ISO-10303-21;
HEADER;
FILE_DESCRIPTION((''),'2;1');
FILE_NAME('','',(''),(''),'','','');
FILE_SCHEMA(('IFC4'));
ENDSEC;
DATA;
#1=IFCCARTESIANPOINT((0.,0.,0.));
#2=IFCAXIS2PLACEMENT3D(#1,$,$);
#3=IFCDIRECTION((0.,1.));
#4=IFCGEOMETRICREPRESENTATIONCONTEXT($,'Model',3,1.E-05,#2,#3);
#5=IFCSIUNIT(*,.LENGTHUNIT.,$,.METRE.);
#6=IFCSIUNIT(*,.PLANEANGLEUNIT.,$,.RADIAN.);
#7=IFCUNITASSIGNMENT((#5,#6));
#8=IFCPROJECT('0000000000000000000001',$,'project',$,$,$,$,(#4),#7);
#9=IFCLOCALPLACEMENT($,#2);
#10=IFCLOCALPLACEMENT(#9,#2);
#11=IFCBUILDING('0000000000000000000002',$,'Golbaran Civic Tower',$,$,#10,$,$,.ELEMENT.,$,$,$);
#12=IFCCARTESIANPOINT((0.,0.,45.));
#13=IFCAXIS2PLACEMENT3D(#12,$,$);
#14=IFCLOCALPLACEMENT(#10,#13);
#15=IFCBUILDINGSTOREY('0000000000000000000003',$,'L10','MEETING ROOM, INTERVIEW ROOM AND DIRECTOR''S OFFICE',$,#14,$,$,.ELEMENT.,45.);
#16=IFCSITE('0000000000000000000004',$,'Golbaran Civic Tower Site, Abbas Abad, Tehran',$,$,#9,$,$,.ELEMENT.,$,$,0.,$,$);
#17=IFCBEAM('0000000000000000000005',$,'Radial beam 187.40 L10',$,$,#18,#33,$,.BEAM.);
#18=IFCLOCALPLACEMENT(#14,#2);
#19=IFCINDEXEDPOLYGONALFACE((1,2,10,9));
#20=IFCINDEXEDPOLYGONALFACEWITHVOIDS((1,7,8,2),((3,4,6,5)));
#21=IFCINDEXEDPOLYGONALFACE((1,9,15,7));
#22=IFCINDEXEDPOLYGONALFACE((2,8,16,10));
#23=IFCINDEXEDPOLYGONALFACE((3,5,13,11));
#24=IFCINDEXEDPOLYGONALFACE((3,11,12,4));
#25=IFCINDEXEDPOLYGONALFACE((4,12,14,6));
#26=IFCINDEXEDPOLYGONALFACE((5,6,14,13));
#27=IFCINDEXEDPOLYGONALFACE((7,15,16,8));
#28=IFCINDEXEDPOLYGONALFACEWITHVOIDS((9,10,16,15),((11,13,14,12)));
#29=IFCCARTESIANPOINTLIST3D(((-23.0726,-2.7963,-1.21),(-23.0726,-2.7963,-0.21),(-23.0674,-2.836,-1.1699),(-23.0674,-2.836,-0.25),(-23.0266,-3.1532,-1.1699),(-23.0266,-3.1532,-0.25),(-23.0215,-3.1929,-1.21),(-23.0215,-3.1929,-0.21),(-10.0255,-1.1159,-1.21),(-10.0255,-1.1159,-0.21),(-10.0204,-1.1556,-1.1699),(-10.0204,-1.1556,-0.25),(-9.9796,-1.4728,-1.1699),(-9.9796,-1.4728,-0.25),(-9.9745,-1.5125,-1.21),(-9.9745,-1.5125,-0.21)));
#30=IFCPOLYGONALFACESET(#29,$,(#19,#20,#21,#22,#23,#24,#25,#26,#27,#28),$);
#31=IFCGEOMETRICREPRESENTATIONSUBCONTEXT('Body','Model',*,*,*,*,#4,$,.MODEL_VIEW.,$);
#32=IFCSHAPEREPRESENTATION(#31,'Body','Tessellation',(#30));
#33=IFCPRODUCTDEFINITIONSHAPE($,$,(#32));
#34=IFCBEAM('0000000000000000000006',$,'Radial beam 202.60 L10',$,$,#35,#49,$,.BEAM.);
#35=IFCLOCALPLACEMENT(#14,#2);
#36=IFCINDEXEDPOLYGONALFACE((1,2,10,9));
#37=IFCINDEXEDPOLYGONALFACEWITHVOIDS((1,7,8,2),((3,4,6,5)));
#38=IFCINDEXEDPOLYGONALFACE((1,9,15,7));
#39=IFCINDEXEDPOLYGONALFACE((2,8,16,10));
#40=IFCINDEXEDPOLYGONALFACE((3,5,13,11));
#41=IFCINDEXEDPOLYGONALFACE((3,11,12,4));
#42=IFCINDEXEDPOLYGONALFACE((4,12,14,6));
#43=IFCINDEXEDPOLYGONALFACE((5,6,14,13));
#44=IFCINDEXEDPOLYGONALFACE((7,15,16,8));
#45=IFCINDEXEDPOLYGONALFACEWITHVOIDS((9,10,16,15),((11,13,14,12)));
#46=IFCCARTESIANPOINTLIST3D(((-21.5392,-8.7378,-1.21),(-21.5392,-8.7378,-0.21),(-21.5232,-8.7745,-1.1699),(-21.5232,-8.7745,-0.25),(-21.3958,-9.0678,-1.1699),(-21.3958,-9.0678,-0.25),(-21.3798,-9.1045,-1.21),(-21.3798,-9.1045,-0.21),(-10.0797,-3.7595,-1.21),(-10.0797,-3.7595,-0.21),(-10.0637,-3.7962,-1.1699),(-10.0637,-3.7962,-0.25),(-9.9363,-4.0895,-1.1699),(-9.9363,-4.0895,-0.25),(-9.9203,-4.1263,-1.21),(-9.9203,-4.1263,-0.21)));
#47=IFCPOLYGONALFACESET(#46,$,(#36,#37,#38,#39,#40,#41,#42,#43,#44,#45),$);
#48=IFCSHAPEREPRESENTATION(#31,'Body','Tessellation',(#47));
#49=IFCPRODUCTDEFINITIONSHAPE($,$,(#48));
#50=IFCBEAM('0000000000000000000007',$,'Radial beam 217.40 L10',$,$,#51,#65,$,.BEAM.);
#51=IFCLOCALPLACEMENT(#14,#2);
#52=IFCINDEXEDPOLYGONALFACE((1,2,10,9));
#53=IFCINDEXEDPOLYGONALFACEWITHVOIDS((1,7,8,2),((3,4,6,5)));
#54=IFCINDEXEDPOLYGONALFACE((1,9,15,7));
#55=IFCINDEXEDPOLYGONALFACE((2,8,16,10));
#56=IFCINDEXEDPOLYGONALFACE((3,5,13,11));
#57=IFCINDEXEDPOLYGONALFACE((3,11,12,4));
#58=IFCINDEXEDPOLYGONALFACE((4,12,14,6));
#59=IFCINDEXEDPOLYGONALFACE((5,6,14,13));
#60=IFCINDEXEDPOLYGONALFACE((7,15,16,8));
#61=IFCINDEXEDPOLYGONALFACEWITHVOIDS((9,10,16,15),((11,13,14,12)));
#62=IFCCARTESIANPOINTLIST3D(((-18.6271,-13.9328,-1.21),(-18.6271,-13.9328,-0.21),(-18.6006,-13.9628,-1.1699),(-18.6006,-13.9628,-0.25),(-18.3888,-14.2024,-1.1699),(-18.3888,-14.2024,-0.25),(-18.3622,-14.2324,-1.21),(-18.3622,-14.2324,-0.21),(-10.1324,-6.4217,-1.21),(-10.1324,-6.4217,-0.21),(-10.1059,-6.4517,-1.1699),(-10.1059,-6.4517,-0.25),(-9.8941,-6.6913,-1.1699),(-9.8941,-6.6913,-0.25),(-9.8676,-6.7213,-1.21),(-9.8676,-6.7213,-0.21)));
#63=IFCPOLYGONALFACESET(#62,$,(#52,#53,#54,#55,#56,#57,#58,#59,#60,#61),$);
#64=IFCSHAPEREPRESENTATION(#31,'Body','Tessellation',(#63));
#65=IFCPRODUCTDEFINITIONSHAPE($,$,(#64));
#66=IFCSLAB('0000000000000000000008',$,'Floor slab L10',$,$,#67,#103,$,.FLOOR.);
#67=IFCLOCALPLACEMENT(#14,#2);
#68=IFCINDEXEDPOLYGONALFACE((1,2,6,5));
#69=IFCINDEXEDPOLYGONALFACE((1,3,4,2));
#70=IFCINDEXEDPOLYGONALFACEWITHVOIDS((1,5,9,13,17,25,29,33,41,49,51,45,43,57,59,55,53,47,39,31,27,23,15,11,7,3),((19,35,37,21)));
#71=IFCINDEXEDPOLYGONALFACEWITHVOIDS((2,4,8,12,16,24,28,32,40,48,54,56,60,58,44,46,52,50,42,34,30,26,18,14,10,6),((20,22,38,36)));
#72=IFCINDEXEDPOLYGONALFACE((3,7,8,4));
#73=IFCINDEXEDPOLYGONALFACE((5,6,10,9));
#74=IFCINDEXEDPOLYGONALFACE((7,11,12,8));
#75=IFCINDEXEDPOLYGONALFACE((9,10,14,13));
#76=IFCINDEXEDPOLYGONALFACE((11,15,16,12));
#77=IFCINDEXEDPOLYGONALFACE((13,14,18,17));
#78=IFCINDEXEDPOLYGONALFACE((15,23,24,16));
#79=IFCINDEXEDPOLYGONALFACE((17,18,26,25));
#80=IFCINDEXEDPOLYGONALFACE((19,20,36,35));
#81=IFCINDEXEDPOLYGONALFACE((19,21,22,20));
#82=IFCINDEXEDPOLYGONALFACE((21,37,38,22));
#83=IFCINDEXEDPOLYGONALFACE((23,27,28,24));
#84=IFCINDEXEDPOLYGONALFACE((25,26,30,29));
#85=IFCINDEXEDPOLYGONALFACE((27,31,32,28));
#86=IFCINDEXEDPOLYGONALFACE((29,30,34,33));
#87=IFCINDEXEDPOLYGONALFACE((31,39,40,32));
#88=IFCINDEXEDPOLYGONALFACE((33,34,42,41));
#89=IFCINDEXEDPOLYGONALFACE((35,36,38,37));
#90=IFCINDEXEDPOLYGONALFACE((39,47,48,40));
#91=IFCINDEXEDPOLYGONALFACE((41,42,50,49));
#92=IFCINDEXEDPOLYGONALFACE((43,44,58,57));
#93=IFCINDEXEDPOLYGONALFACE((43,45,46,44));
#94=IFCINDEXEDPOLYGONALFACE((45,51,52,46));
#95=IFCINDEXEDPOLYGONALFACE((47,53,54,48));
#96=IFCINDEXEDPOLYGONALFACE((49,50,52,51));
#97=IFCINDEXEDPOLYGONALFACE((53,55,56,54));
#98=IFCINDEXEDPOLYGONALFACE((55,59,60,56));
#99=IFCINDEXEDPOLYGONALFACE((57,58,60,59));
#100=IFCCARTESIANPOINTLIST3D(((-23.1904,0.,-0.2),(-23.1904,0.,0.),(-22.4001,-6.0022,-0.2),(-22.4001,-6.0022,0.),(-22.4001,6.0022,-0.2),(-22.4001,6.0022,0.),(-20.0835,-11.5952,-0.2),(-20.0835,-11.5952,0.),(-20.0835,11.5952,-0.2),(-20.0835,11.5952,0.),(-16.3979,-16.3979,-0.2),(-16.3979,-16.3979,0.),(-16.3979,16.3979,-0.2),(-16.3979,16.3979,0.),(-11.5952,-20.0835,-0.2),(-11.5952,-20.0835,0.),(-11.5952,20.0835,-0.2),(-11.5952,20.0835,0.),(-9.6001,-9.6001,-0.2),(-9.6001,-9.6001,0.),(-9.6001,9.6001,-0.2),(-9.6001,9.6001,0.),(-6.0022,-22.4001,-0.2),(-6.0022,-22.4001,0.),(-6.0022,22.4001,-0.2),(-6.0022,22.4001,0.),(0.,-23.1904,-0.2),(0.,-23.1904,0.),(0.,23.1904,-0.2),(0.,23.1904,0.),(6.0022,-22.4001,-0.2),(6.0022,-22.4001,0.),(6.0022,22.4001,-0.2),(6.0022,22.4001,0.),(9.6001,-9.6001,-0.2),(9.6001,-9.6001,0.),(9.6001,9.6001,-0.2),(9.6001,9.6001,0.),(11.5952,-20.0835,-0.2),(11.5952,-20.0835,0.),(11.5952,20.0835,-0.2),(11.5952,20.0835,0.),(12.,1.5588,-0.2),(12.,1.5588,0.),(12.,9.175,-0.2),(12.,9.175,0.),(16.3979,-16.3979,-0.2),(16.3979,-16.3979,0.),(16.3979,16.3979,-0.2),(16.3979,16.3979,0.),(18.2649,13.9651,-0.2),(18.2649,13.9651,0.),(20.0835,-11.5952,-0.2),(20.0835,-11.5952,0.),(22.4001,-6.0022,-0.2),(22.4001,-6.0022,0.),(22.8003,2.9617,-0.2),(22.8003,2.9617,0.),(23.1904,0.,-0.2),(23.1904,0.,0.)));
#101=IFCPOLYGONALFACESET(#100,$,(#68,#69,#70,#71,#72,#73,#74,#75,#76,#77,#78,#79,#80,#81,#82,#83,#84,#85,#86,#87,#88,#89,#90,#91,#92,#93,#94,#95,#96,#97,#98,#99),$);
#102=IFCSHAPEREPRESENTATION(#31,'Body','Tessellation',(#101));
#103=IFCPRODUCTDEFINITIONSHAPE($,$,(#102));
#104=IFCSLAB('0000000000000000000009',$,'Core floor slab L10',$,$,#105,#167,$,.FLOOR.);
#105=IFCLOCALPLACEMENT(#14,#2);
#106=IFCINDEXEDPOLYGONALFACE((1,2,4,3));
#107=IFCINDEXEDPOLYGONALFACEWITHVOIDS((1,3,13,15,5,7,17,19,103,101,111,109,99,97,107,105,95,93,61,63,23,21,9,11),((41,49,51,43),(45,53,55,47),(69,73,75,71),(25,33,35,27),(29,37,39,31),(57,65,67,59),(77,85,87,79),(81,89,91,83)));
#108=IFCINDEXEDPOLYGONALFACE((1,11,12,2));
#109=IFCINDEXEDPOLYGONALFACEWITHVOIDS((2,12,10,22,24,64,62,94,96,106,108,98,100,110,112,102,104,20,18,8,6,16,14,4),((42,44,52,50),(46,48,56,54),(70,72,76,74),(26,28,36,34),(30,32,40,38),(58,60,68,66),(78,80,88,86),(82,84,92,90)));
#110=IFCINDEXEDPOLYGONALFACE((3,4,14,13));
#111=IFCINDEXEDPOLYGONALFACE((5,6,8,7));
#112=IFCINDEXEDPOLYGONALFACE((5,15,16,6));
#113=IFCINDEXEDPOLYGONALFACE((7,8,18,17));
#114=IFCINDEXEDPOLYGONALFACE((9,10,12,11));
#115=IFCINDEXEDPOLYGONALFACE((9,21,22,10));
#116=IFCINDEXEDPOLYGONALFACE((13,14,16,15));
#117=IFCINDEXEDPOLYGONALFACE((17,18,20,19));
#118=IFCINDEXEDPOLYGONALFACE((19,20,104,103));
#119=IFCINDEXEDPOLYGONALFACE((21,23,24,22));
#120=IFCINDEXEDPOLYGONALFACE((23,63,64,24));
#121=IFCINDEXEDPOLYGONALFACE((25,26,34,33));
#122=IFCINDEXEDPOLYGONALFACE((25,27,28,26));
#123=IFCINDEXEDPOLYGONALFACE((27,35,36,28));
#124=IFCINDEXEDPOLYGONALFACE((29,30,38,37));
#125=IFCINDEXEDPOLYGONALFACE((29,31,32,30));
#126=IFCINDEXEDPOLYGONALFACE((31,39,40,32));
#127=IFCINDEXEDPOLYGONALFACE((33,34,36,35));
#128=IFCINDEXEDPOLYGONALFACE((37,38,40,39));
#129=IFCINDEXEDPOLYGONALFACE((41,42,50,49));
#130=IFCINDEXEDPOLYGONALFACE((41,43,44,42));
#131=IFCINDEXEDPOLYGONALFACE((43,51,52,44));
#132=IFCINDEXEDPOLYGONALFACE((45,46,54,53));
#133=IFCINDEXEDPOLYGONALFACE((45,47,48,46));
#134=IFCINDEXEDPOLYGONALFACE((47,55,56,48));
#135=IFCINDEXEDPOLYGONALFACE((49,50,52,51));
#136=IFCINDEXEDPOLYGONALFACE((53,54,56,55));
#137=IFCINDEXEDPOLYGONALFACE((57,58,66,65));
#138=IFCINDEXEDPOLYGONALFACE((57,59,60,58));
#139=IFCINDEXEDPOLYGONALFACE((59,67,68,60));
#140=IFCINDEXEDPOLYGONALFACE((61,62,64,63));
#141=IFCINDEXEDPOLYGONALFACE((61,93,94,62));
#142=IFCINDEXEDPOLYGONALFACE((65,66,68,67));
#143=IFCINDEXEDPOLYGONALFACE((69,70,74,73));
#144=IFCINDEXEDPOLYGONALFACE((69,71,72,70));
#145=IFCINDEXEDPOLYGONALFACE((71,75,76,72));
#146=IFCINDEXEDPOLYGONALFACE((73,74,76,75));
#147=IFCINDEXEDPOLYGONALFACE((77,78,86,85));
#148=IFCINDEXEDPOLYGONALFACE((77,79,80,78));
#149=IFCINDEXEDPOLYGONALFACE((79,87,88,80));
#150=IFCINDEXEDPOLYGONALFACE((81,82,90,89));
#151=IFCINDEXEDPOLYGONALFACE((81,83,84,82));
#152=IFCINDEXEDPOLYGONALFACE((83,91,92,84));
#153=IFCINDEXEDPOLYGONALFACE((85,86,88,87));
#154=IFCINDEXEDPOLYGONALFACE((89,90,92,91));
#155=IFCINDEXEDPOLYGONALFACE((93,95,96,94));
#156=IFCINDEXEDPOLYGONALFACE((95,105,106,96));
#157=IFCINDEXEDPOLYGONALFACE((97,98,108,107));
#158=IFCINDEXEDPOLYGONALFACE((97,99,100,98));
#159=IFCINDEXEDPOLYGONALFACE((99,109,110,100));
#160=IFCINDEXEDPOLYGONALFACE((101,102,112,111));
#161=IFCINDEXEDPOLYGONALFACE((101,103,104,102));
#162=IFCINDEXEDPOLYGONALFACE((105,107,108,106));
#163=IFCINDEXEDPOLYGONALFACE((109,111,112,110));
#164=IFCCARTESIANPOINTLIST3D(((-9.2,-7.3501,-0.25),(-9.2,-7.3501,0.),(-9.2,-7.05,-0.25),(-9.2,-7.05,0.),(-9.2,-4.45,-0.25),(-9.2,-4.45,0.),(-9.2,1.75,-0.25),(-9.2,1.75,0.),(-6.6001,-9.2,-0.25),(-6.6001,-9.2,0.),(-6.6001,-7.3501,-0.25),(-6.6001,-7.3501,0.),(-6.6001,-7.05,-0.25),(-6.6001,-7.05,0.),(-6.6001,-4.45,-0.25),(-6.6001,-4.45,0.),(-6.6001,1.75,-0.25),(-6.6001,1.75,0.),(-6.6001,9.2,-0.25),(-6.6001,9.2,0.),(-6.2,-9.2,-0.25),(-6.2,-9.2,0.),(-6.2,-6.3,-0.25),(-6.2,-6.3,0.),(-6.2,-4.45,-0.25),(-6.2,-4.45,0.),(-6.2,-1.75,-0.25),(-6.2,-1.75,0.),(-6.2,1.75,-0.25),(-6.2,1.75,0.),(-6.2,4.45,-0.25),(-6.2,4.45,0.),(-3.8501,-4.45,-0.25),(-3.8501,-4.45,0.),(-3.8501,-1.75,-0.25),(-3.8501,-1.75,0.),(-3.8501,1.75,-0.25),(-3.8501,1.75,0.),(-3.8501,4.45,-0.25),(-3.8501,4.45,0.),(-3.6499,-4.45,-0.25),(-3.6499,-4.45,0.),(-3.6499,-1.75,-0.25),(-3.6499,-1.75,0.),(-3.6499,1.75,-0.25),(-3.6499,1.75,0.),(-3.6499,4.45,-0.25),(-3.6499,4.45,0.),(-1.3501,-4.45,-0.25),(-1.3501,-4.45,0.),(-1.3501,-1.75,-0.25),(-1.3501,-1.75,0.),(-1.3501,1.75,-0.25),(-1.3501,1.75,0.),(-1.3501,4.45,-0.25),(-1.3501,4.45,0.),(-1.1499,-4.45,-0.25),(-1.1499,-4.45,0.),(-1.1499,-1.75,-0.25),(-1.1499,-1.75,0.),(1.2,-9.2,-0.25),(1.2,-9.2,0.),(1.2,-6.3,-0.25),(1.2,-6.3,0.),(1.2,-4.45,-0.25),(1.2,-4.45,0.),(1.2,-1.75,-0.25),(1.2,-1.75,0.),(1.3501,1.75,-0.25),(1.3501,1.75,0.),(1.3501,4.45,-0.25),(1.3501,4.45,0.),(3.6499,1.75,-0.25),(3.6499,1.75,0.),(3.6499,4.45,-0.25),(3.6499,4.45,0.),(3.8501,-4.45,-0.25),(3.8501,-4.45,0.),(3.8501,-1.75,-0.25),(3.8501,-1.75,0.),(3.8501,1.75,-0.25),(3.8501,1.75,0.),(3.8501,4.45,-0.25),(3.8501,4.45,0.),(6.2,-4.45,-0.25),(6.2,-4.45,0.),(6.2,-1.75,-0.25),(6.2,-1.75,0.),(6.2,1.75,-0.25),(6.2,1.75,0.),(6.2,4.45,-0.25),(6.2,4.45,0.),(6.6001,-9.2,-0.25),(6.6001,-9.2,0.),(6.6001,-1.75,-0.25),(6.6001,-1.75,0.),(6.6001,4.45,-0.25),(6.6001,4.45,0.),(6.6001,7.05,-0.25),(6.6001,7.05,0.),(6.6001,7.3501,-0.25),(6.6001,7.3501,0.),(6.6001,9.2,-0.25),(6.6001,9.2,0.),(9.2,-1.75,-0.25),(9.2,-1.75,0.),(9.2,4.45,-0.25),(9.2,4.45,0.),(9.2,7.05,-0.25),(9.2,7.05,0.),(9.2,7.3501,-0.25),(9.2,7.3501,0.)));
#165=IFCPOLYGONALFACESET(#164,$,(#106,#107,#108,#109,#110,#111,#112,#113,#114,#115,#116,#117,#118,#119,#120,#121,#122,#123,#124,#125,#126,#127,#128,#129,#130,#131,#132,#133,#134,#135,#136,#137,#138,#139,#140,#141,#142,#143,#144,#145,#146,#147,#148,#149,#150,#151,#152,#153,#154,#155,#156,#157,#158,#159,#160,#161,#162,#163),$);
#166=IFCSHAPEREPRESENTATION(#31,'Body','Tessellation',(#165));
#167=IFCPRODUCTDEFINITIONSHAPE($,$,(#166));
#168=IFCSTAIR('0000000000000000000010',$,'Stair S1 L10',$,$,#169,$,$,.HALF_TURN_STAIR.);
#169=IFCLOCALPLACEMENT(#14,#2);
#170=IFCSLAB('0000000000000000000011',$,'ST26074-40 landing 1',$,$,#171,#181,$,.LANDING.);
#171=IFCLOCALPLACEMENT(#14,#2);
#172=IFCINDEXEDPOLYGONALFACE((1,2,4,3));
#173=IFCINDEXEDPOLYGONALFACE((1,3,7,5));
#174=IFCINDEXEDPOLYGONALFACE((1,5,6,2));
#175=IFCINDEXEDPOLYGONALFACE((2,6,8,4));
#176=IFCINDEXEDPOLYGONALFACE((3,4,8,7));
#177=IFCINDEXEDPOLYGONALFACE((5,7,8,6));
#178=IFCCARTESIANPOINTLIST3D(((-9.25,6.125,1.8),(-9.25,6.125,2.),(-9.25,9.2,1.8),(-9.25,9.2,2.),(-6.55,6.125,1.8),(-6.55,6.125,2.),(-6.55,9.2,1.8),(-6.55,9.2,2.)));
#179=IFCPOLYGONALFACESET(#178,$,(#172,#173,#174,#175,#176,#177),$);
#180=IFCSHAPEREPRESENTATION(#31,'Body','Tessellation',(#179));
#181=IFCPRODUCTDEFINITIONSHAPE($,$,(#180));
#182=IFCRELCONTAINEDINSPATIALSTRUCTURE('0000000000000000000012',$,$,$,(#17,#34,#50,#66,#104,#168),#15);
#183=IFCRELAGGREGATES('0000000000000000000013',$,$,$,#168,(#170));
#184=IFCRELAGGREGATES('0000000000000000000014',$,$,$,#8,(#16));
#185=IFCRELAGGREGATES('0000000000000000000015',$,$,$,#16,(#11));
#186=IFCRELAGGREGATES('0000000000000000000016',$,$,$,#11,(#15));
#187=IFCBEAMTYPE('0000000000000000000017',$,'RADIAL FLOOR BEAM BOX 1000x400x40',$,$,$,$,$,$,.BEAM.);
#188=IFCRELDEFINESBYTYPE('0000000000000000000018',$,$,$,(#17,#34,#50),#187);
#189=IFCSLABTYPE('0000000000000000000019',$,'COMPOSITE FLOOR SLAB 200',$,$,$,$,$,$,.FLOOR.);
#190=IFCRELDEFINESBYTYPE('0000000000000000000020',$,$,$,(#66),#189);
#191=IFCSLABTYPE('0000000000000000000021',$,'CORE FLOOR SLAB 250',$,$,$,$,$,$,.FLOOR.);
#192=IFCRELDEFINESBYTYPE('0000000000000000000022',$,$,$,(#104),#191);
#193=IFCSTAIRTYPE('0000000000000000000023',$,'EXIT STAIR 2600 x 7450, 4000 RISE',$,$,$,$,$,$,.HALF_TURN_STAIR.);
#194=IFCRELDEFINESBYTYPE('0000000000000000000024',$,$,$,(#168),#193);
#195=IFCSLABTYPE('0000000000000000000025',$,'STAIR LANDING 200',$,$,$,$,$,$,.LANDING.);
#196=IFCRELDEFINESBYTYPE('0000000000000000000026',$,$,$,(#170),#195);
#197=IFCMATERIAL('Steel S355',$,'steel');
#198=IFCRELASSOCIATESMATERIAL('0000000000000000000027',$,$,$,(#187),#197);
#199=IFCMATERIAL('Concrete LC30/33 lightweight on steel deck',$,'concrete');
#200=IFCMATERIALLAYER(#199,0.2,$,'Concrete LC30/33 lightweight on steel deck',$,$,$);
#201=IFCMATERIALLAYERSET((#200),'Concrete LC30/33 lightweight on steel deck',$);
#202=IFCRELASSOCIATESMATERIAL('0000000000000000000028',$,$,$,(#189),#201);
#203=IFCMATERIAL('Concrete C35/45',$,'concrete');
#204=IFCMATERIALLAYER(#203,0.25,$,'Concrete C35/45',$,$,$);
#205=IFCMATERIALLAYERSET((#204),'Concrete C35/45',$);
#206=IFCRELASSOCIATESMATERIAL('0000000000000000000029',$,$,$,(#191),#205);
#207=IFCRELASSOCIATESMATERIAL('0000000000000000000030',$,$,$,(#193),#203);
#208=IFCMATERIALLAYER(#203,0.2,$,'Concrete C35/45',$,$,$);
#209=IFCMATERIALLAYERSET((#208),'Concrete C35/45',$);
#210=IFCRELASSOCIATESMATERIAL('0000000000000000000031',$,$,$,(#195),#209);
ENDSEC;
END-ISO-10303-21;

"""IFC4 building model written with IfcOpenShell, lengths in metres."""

from ifc_helpers import new_model, si_unit, direction, frame, origin, origin_2d, place, context, subcontext, project, spatial, polyline, hollow_rectangle, outline, extrude, material, layer, layer_set, material_profile, profile_set, type_object, element, aggregate, save


model = new_model("IFC4")

# Units and contexts
model_context = context("Model", 3, precision=1e-05, world=origin(), true_north=direction((0.0, 1.0)))
body_context = subcontext(model_context, "Body", "Model", "MODEL_VIEW")
ifc_project = project(units=[si_unit("LENGTHUNIT", "METRE"), si_unit("PLANEANGLEUNIT", "RADIAN")], contexts=[model_context])

# Site, building, storey
site_placement = place(None, origin())
site = spatial("IfcSite", under=ifc_project, at=site_placement, Name="Golbaran Civic Tower Site, Abbas Abad, Tehran", CompositionType="ELEMENT", RefElevation=0.0)
building_placement = place(site_placement, origin())
building = spatial("IfcBuilding", under=site, at=building_placement, Name="Golbaran Civic Tower", CompositionType="ELEMENT")
storey_placement = place(building_placement, frame((0.0, 0.0, 45.0)))
storey = spatial("IfcBuildingStorey", under=building, at=storey_placement, Name="L10", Description="MEETING ROOM, INTERVIEW ROOM AND DIRECTOR'S OFFICE", CompositionType="ELEMENT", Elevation=45.0)

# Beams
ifc_material_1 = material(Name="Steel S355", Category="steel")
ifc_material_profile = material_profile(ifc_material_1, hollow_rectangle(XDim=0.3999, YDim=1.0, WallThickness=0.04, at=origin_2d()), Name="BOX 1000x400x40")
ifc_profile_set = profile_set([ifc_material_profile], Name="Steel S355")
beam_type = type_object("IfcBeamType", Name="RADIAL FLOOR BEAM BOX 1000x400x40", PredefinedType="BEAM", material=ifc_profile_set)
beam_1_placement = place(storey_placement, frame((-10.0, -1.3142, -0.71), z_axis=(-0.991808, -0.127741, 0.0), x_axis=(0.127741, -0.991808, 0.0)))
element("IfcBeam", 1, at=beam_1_placement, inside=storey, type_object=beam_type, Name="Radial beam 187.40 L10", PredefinedType="BEAM", context=body_context, shape_type="SweptSolid", body=[
    extrude(hollow_rectangle(XDim=0.3999, YDim=1.0, WallThickness=0.04, at=origin_2d()), origin(), (0.0, 0.0, 1.0), 13.1548),
])
beam_2_placement = place(storey_placement, frame((-10.0, -3.9429, -0.71), z_axis=(-0.91719, -0.39845, 0.0), x_axis=(0.39845, -0.91719, 0.0)))
element("IfcBeam", 2, at=beam_2_placement, inside=storey, type_object=beam_type, Name="Radial beam 202.60 L10", PredefinedType="BEAM", context=body_context, shape_type="SweptSolid", body=[
    extrude(hollow_rectangle(XDim=0.3999, YDim=1.0, WallThickness=0.04, at=origin_2d()), origin(), (0.0, 0.0, 1.0), 12.4941),
])
beam_3_placement = place(storey_placement, frame((-10.0, -6.5715, -0.71), z_axis=(-0.749149, -0.662401, 0.0), x_axis=(0.662401, -0.749149, 0.0)))
element("IfcBeam", 3, at=beam_3_placement, inside=storey, type_object=beam_type, Name="Radial beam 217.40 L10", PredefinedType="BEAM", context=body_context, shape_type="SweptSolid", body=[
    extrude(hollow_rectangle(XDim=0.3999, YDim=1.0, WallThickness=0.04, at=origin_2d()), origin(), (0.0, 0.0, 1.0), 11.3391),
])

# Slabs
ifc_material_2 = material(Name="Concrete LC30/33 lightweight on steel deck", Category="concrete")
ifc_layer_1 = layer(ifc_material_2, 0.2, Name="Concrete LC30/33 lightweight on steel deck")
ifc_layer_set_1 = layer_set([ifc_layer_1], Name="Concrete LC30/33 lightweight on steel deck")
slab_type_1 = type_object("IfcSlabType", Name="COMPOSITE FLOOR SLAB 200", PredefinedType="FLOOR", material=ifc_layer_set_1)
slab_1_placement = place(storey_placement, frame((0.0, 0.0, -0.2)))
element("IfcSlab", 4, at=slab_1_placement, inside=storey, type_object=slab_type_1, Name="Floor slab L10", PredefinedType="FLOOR", context=body_context, shape_type="SweptSolid", body=[
    extrude(outline(polyline([(16.3979, -16.3979), (11.5952, -20.0835), (6.0022, -22.4001), (0.0, -23.1904), (-6.0022, -22.4001), (-11.5952, -20.0835), (-16.3979, -16.3979), (-20.0835, -11.5952), (-22.4001, -6.0022), (-23.1904, 0.0), (-22.4001, 6.0022), (-20.0835, 11.5952), (-16.3979, 16.3979), (-11.5952, 20.0835), (-6.0022, 22.4001), (0.0, 23.1904), (6.0022, 22.4001), (11.5952, 20.0835), (16.3979, 16.3979), (18.2649, 13.9651), (12.0, 9.175), (12.0, 1.5588), (22.8003, 2.9617), (23.1904, 0.0), (22.4001, -6.0022), (20.0835, -11.5952), (16.3979, -16.3979)]), holes=[polyline([(-9.6001, -9.6001), (9.6001, -9.6001), (9.6001, 9.6001), (-9.6001, 9.6001), (-9.6001, -9.6001)])]), origin(), (0.0, 0.0, 1.0), 0.2),
])
ifc_material_3 = material(Name="Concrete C35/45", Category="concrete")
ifc_layer_2 = layer(ifc_material_3, 0.25, Name="Concrete C35/45")
ifc_layer_set_2 = layer_set([ifc_layer_2], Name="Concrete C35/45")
slab_type_2 = type_object("IfcSlabType", Name="CORE FLOOR SLAB 250", PredefinedType="FLOOR", material=ifc_layer_set_2)
slab_2_placement = place(storey_placement, frame((0.0, 0.0, -0.25)))
element("IfcSlab", 5, at=slab_2_placement, inside=storey, type_object=slab_type_2, Name="Core floor slab L10", PredefinedType="FLOOR", context=body_context, shape_type="SweptSolid", body=[
    extrude(outline(polyline([(6.6001, -1.75), (6.6001, -9.2), (1.2, -9.2), (1.2, -6.3), (-6.2, -6.3), (-6.2, -9.2), (-6.6001, -9.2), (-6.6001, -7.3501), (-9.2, -7.3501), (-9.2, -7.05), (-6.6001, -7.05), (-6.6001, -4.45), (-9.2, -4.45), (-9.2, 1.75), (-6.6001, 1.75), (-6.6001, 9.2), (6.6001, 9.2), (6.6001, 7.3501), (9.2, 7.3501), (9.2, 7.05), (6.6001, 7.05), (6.6001, 4.45), (9.2, 4.45), (9.2, -1.75), (6.6001, -1.75)]), holes=[polyline([(6.2, -1.75), (3.8501, -1.75), (3.8501, -4.45), (6.2, -4.45), (6.2, -1.75)]), polyline([(6.2, 4.45), (3.8501, 4.45), (3.8501, 1.75), (6.2, 1.75), (6.2, 4.45)]), polyline([(3.6499, 4.45), (1.3501, 4.45), (1.3501, 1.75), (3.6499, 1.75), (3.6499, 4.45)]), polyline([(1.2, -1.75), (-1.1499, -1.75), (-1.1499, -4.45), (1.2, -4.45), (1.2, -1.75)]), polyline([(-1.3501, 4.45), (-3.6499, 4.45), (-3.6499, 1.75), (-1.3501, 1.75), (-1.3501, 4.45)]), polyline([(-1.3501, -1.75), (-3.6499, -1.75), (-3.6499, -4.45), (-1.3501, -4.45), (-1.3501, -1.75)]), polyline([(-3.8501, -1.75), (-6.2, -1.75), (-6.2, -4.45), (-3.8501, -4.45), (-3.8501, -1.75)]), polyline([(-3.8501, 4.45), (-6.2, 4.45), (-6.2, 1.75), (-3.8501, 1.75), (-3.8501, 4.45)])]), origin(), (0.0, 0.0, 1.0), 0.25),
])

# Stair, slab
stair_type_1 = type_object("IfcStairType", Name="EXIT STAIR 2600 x 7450, 4000 RISE", PredefinedType="HALF_TURN_STAIR", material=ifc_material_3)
stair_1_placement = place(storey_placement, origin())
stair_1 = element("IfcStair", 6, at=stair_1_placement, inside=storey, type_object=stair_type_1, Name="Stair S1 L10", PredefinedType="HALF_TURN_STAIR")
ifc_layer_3 = layer(ifc_material_3, 0.2, Name="Concrete C35/45")
ifc_layer_set_3 = layer_set([ifc_layer_3], Name="Concrete C35/45")
slab_type_3 = type_object("IfcSlabType", Name="STAIR LANDING 200", PredefinedType="LANDING", material=ifc_layer_set_3)
slab_3_placement = place(storey_placement, frame((0.0, 0.0, 1.8)))
slab_3 = element("IfcSlab", 7, at=slab_3_placement, type_object=slab_type_3, Name="ST26074-40 landing 1", PredefinedType="LANDING", context=body_context, shape_type="SweptSolid", body=[
    extrude(outline(polyline([(-9.25, 6.125), (-9.25, 9.2), (-6.55, 9.2), (-6.55, 6.125), (-9.25, 6.125)])), origin(), (0.0, 0.0, 1.0), 0.2),
])
aggregate(stair_1, [slab_3])

save(model, "model.ifc")
